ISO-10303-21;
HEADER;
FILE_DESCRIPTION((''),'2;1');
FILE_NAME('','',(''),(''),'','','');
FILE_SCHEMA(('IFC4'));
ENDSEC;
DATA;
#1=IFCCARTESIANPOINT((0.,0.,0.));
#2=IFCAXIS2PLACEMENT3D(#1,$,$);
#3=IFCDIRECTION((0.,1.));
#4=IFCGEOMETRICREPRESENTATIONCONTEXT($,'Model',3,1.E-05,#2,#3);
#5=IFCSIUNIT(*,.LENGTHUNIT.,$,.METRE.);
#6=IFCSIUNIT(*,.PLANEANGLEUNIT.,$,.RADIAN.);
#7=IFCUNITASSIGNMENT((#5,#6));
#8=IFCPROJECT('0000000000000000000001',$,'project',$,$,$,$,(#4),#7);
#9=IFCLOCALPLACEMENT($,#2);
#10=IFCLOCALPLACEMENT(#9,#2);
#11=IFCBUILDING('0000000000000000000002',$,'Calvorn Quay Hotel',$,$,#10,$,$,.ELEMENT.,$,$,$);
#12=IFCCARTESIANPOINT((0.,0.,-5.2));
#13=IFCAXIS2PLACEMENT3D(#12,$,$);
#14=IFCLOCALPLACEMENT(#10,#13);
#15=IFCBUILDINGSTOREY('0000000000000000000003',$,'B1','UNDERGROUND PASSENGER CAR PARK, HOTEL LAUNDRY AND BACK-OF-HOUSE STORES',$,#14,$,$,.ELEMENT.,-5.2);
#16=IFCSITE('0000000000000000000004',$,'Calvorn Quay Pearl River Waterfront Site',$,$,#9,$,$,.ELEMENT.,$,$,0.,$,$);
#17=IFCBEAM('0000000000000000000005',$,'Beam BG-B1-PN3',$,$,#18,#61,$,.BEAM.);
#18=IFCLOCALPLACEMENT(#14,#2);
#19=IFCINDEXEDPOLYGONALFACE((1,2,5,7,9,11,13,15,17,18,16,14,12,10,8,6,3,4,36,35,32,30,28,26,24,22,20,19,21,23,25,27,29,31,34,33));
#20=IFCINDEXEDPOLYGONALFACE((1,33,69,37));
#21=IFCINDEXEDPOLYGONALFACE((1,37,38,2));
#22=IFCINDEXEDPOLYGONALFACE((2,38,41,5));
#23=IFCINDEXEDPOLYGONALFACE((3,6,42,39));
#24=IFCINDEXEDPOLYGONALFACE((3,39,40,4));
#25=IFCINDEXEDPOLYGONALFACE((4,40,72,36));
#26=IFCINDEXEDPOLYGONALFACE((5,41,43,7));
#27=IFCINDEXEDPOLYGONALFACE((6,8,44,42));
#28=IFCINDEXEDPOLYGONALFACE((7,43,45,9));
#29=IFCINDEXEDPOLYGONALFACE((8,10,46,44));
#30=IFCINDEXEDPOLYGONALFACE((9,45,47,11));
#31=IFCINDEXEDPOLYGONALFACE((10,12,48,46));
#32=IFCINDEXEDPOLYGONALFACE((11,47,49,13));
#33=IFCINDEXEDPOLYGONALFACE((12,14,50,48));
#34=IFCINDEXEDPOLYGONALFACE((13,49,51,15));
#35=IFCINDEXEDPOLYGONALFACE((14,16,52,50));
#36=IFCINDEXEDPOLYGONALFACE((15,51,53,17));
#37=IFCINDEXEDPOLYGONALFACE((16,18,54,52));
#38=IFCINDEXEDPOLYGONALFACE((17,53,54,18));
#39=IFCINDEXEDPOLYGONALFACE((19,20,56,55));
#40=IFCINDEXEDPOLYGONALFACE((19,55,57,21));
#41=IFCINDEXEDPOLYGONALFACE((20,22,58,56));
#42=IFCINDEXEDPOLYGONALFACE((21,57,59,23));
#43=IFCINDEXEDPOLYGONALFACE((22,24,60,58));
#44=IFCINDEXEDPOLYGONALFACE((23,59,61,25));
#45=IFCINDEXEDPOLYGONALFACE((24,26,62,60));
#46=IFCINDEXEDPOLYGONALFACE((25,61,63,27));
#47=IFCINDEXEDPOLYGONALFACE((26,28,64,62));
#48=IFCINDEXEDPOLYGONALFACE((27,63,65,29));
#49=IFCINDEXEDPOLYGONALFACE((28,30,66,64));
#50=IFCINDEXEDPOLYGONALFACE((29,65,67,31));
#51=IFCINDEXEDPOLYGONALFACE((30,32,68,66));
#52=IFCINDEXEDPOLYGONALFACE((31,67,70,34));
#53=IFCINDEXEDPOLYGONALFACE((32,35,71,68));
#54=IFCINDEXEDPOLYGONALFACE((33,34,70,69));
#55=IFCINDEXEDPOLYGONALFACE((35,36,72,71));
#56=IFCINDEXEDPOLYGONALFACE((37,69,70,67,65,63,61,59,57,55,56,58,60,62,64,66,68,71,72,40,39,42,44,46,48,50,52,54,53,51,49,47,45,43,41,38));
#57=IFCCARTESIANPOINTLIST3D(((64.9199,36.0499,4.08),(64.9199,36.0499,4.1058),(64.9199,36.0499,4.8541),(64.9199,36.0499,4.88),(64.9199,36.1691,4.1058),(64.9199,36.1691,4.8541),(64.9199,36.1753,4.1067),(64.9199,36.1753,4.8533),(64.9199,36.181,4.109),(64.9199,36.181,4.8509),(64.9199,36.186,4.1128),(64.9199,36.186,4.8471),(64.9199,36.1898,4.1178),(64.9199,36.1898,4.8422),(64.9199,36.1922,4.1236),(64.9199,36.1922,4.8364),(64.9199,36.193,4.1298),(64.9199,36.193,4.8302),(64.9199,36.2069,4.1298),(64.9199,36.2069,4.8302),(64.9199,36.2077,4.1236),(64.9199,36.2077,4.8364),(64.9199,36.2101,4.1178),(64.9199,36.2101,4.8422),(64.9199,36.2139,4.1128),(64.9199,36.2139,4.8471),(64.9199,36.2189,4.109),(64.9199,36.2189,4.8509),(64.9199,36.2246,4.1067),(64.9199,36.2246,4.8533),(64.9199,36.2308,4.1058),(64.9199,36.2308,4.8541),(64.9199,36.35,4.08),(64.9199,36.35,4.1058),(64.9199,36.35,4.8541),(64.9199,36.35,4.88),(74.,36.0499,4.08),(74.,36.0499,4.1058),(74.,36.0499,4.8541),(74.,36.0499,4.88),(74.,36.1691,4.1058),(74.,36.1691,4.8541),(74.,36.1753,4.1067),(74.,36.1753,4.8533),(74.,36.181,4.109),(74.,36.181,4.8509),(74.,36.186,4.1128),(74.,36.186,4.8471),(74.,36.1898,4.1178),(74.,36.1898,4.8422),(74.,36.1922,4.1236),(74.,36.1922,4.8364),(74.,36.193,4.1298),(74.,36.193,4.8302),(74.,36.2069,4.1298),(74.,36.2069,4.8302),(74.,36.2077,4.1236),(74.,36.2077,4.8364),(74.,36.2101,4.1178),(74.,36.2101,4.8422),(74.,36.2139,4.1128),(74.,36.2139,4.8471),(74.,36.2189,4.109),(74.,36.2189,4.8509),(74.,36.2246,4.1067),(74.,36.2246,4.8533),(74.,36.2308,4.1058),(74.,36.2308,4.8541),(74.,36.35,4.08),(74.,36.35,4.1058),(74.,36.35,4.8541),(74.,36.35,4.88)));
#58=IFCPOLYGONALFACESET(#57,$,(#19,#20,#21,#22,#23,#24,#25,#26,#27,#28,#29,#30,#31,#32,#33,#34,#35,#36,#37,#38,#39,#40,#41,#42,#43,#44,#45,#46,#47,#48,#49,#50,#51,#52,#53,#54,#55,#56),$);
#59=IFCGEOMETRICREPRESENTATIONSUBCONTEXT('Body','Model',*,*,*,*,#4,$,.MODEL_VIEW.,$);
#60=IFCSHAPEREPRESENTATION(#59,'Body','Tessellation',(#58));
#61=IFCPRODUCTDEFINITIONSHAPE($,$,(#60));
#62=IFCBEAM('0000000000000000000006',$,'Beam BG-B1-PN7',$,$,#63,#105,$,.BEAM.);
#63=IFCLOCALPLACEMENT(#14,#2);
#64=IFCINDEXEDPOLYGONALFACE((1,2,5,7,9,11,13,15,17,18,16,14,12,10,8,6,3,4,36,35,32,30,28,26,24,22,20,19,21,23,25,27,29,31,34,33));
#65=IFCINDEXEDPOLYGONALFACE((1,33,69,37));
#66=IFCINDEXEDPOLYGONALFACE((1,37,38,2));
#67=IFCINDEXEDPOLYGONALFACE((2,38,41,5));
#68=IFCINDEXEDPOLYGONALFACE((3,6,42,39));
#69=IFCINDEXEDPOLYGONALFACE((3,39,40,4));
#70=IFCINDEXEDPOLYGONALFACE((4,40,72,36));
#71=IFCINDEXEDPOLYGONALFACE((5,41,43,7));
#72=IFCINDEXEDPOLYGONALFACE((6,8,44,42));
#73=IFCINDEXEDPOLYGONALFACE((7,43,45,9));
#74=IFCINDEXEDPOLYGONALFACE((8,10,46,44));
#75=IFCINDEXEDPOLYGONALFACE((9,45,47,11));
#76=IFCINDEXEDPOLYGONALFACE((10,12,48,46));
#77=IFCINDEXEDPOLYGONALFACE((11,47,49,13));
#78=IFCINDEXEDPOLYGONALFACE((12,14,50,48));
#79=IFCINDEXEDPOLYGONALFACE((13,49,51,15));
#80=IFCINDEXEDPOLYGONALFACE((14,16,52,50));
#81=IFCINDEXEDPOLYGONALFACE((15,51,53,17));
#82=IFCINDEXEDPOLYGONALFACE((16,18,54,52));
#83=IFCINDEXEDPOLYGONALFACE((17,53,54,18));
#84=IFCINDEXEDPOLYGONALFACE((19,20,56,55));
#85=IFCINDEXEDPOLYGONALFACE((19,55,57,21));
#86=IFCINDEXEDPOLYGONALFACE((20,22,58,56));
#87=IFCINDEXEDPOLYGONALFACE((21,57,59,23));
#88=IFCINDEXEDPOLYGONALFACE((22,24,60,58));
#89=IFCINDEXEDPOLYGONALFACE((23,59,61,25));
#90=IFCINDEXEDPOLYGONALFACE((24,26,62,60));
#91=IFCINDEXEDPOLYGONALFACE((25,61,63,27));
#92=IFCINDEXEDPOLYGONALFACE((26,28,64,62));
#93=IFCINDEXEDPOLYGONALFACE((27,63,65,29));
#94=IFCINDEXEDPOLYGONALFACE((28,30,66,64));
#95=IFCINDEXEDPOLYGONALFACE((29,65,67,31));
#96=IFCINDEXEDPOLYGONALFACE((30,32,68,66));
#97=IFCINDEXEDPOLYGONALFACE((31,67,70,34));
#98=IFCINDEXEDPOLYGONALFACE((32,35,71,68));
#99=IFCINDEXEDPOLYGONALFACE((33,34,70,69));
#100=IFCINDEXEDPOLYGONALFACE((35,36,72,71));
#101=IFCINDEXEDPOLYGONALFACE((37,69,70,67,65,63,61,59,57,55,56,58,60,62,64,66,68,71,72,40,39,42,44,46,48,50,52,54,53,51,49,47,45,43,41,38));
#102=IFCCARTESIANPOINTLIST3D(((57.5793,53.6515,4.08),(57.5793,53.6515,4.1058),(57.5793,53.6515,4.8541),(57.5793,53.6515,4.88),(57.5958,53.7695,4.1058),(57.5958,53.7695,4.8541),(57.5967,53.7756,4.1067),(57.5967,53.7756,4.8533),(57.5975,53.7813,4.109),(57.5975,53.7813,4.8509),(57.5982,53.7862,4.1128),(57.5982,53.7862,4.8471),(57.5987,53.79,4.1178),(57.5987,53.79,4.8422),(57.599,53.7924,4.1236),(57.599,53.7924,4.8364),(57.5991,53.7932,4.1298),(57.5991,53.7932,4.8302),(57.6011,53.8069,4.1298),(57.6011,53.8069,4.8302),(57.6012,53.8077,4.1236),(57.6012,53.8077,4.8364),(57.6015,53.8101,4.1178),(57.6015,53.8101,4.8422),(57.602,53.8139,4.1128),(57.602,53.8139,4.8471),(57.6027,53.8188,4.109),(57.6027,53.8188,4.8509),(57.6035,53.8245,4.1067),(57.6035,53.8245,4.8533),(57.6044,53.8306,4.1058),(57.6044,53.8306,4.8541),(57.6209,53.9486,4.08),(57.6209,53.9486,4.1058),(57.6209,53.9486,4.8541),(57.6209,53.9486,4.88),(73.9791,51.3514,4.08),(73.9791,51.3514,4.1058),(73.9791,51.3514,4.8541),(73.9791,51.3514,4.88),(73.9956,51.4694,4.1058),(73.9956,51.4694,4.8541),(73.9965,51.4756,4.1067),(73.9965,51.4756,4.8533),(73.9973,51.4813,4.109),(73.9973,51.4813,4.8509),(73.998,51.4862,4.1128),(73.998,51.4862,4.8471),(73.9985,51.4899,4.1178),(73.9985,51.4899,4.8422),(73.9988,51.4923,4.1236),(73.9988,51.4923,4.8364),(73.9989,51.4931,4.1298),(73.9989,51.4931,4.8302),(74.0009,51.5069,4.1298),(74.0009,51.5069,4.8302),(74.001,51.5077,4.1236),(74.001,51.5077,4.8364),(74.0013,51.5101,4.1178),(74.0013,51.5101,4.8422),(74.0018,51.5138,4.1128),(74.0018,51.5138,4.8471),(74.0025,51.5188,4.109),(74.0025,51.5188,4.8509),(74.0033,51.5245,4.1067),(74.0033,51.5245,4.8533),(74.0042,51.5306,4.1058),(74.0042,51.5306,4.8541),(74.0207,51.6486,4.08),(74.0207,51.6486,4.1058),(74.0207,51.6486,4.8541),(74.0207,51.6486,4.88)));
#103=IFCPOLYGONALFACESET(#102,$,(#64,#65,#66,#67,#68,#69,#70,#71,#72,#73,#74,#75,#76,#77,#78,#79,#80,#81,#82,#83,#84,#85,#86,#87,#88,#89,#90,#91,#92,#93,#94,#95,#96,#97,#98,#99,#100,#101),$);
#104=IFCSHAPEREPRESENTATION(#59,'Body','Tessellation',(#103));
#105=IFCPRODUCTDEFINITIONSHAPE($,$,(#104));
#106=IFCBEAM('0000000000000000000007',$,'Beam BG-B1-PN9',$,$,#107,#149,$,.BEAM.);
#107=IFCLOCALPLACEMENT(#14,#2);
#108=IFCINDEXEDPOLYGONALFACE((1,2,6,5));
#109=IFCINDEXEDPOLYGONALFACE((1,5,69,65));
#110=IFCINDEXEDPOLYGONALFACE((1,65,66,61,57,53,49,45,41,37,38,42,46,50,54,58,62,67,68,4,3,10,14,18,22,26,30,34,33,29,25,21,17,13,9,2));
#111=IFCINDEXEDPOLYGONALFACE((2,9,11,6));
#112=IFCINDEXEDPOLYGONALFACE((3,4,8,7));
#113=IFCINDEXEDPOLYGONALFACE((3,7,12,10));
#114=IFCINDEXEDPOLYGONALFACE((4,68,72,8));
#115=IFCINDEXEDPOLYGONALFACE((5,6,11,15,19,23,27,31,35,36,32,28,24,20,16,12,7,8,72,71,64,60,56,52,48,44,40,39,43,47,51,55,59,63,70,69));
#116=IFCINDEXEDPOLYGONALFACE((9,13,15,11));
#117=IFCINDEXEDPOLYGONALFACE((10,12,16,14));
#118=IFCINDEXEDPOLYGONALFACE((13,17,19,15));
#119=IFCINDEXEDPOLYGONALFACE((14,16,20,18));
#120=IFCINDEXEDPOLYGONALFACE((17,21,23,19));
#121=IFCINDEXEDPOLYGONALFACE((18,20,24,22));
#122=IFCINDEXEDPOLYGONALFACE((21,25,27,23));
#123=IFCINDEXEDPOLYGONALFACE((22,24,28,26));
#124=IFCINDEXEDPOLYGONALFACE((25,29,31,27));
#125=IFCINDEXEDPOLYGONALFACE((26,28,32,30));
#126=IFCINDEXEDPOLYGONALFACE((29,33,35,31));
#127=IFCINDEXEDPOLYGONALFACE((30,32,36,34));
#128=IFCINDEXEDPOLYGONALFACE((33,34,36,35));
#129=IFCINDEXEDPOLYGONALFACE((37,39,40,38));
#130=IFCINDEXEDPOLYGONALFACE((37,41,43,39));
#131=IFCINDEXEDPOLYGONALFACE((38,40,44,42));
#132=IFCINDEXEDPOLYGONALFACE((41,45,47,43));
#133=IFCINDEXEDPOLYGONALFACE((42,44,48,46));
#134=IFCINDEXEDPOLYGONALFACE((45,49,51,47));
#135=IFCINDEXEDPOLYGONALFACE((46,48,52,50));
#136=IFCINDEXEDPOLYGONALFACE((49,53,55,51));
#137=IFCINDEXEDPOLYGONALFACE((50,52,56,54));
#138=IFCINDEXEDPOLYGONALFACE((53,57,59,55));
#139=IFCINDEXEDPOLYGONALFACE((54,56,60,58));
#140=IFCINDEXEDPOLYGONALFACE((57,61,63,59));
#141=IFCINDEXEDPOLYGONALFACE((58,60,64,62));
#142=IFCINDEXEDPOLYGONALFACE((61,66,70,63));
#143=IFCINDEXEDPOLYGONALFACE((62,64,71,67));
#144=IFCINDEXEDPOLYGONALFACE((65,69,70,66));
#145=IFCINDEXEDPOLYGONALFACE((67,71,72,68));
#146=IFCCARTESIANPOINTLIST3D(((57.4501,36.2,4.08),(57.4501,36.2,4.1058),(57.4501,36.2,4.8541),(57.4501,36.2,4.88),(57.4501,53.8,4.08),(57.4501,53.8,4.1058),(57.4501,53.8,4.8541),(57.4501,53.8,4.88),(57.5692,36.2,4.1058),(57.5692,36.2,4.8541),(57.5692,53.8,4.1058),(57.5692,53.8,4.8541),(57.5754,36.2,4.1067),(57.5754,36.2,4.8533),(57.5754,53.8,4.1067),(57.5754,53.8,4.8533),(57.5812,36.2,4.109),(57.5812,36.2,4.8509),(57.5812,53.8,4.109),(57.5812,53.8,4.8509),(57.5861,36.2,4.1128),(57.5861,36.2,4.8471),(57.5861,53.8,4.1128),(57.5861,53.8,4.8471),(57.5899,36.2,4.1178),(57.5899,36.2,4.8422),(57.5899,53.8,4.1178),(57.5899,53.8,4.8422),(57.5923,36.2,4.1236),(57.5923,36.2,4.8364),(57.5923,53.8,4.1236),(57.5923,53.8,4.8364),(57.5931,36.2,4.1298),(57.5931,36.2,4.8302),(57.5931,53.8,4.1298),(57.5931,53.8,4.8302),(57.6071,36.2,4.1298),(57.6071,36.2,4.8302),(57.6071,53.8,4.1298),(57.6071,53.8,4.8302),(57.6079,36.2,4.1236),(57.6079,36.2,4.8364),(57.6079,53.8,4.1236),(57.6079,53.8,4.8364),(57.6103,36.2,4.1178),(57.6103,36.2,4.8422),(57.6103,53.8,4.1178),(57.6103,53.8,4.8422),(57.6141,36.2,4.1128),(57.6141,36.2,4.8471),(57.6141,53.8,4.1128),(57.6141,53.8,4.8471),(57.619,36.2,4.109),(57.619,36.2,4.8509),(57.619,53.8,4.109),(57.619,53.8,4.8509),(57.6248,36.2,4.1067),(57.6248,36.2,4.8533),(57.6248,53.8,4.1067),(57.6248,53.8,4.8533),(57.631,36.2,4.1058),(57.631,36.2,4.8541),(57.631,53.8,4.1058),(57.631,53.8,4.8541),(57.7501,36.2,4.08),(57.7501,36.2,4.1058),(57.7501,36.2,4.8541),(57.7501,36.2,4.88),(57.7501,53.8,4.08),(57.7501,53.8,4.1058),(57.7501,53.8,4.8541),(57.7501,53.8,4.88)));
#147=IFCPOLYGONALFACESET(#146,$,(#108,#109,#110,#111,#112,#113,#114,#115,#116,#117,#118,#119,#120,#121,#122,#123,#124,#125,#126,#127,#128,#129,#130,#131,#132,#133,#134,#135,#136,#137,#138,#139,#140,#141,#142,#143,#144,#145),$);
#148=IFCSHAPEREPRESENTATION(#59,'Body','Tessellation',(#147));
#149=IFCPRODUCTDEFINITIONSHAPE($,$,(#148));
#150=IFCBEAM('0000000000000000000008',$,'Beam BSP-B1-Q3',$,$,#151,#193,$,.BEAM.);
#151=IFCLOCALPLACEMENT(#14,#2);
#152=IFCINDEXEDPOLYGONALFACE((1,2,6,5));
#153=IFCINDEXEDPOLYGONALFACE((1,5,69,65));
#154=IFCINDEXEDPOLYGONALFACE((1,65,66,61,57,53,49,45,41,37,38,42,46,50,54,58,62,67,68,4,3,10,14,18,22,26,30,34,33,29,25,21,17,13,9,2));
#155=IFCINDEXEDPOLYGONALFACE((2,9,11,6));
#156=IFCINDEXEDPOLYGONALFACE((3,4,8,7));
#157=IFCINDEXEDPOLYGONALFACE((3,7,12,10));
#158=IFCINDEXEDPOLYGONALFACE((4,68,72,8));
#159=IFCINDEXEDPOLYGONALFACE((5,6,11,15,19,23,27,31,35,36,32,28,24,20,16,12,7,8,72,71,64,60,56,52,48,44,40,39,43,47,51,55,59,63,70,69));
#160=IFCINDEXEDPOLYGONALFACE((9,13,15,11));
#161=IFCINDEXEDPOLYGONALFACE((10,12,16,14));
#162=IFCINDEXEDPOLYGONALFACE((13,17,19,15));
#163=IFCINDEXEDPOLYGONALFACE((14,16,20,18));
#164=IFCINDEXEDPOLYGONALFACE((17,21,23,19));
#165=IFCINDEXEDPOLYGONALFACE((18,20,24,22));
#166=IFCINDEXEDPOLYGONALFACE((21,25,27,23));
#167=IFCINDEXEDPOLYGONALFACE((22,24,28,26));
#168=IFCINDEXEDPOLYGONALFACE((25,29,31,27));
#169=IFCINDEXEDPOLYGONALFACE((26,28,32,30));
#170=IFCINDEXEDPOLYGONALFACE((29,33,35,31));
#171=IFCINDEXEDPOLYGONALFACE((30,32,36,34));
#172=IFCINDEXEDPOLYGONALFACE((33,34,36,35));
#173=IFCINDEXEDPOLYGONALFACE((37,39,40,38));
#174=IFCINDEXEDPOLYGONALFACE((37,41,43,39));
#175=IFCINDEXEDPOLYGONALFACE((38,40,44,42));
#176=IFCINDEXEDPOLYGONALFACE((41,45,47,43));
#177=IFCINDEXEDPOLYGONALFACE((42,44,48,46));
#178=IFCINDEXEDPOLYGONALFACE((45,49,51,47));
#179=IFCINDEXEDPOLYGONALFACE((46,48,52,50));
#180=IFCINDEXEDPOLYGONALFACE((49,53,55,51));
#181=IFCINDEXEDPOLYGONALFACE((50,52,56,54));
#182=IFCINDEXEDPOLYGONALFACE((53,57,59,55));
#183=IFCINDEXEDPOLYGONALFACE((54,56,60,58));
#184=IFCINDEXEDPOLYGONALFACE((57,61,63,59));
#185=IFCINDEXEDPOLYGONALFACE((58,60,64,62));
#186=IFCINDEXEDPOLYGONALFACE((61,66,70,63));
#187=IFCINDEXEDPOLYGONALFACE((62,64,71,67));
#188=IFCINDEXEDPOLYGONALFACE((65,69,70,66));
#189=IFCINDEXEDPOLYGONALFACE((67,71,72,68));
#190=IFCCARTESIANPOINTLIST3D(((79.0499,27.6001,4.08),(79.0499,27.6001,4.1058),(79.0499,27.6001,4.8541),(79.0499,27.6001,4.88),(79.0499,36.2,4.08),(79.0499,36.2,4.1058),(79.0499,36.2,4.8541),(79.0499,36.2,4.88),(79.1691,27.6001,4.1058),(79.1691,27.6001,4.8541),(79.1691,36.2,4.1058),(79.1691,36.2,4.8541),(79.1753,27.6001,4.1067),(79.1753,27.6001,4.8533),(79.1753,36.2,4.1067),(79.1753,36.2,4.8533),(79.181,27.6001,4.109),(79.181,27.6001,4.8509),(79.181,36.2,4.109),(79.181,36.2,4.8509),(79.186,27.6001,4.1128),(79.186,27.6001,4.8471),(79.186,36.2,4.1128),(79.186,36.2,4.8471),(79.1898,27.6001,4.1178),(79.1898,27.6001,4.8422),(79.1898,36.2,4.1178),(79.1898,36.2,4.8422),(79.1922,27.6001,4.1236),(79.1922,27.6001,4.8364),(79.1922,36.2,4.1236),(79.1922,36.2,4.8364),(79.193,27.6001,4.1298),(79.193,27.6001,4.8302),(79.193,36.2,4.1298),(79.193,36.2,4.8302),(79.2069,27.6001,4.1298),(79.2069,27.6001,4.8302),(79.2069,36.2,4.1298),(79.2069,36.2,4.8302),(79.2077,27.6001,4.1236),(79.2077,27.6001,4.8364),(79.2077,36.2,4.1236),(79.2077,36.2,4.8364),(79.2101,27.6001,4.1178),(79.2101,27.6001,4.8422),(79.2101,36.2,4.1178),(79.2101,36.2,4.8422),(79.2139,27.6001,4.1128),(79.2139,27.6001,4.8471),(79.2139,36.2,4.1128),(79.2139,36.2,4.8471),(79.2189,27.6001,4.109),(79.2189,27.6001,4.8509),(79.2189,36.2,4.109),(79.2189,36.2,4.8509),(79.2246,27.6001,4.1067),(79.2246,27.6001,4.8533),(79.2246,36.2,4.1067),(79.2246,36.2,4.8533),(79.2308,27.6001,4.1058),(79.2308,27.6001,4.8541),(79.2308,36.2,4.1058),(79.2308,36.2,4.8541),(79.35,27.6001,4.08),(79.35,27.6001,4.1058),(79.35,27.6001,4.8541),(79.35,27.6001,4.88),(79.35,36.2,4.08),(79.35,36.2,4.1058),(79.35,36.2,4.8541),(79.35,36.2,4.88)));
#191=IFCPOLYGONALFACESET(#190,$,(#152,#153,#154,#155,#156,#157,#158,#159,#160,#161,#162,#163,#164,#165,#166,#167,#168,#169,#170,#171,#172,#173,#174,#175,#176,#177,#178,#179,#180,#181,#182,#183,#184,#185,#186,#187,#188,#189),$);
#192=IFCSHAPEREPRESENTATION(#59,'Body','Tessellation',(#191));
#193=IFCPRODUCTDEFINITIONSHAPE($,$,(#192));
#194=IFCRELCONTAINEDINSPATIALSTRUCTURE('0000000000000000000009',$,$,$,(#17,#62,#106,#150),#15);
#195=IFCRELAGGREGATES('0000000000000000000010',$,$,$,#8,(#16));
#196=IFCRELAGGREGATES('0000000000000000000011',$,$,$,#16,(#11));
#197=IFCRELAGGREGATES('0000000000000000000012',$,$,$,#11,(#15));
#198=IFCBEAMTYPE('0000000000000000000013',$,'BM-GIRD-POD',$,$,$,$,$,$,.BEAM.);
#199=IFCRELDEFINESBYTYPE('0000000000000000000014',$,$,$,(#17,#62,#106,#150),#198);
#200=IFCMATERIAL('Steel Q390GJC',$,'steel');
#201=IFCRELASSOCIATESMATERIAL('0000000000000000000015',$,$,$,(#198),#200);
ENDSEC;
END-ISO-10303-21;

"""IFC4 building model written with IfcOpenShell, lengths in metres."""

from ifc_helpers import new_model, si_unit, direction, frame, origin, origin_2d, place, context, subcontext, project, spatial, i_section, extrude, material, material_profile, profile_set, type_object, element, save


model = new_model("IFC4")

# Units and contexts
model_context = context("Model", 3, precision=1e-05, world=origin(), true_north=direction((0.0, 1.0)))
body_context = subcontext(model_context, "Body", "Model", "MODEL_VIEW")
ifc_project = project(units=[si_unit("LENGTHUNIT", "METRE"), si_unit("PLANEANGLEUNIT", "RADIAN")], contexts=[model_context])

# Site, building, storey
site_placement = place(None, origin())
site = spatial("IfcSite", under=ifc_project, at=site_placement, Name="Calvorn Quay Pearl River Waterfront Site", CompositionType="ELEMENT", RefElevation=0.0)
building_placement = place(site_placement, origin())
building = spatial("IfcBuilding", under=site, at=building_placement, Name="Calvorn Quay Hotel", CompositionType="ELEMENT")
storey_placement = place(building_placement, frame((0.0, 0.0, -5.2)))
storey = spatial("IfcBuildingStorey", under=building, at=storey_placement, Name="B1", Description="UNDERGROUND PASSENGER CAR PARK, HOTEL LAUNDRY AND BACK-OF-HOUSE STORES", CompositionType="ELEMENT", Elevation=-5.2)

# Beams
ifc_material_1 = material(Name="Steel Q390GJC", Category="steel")
ifc_material_profile_1 = material_profile(ifc_material_1, i_section(OverallWidth=0.3, OverallDepth=0.8, WebThickness=0.0139, FlangeThickness=0.0259, FilletRadius=0.0239, at=origin_2d()), Name="HN800x300x14x26")
ifc_profile_set_1 = profile_set([ifc_material_profile_1], Name="Steel Q390GJC")
beam_type = type_object("IfcBeamType", Name="BM-GIRD-POD", PredefinedType="BEAM", material=ifc_profile_set_1)
beam_1_placement = place(storey_placement, frame((64.9199, 36.2, 4.48), z_axis=(1.0, 0.0, 0.0), x_axis=(0.0, 1.0, 0.0)))
element("IfcBeam", 1, at=beam_1_placement, inside=storey, type_object=beam_type, Name="Beam BG-B1-PN3", PredefinedType="BEAM", context=body_context, shape_type="SweptSolid", body=[
    extrude(i_section(OverallWidth=0.3, OverallDepth=0.8, WebThickness=0.0139, FlangeThickness=0.0259, FilletRadius=0.0239, at=origin_2d()), origin(), (0.0, 0.0, 1.0), 9.0801),
])
beam_2_placement = place(storey_placement, frame((57.6001, 53.8, 4.48), z_axis=(0.990308, -0.138888, 0.0), x_axis=(0.138888, 0.990308, 0.0)))
element("IfcBeam", 2, at=beam_2_placement, inside=storey, type_object=beam_type, Name="Beam BG-B1-PN7", PredefinedType="BEAM", context=body_context, shape_type="SweptSolid", body=[
    extrude(i_section(OverallWidth=0.3, OverallDepth=0.8, WebThickness=0.0139, FlangeThickness=0.0259, FilletRadius=0.0239, at=origin_2d()), origin(), (0.0, 0.0, 1.0), 16.5603),
])
beam_3_placement = place(storey_placement, frame((57.6001, 36.2, 4.48), z_axis=(0.0, 1.0, 0.0), x_axis=(-1.0, 0.0, 0.0)))
element("IfcBeam", 3, at=beam_3_placement, inside=storey, type_object=beam_type, Name="Beam BG-B1-PN9", PredefinedType="BEAM", context=body_context, shape_type="SweptSolid", body=[
    extrude(i_section(OverallWidth=0.3, OverallDepth=0.8, WebThickness=0.0139, FlangeThickness=0.0259, FilletRadius=0.0239, at=origin_2d()), origin(), (0.0, 0.0, 1.0), 17.6001),
])
beam_4_placement = place(storey_placement, frame((79.2, 27.6001, 4.48), z_axis=(0.0, 1.0, 0.0), x_axis=(-1.0, 0.0, 0.0)))
element("IfcBeam", 4, at=beam_4_placement, inside=storey, type_object=beam_type, Name="Beam BSP-B1-Q3", PredefinedType="BEAM", context=body_context, shape_type="SweptSolid", body=[
    extrude(i_section(OverallWidth=0.3, OverallDepth=0.8, WebThickness=0.0139, FlangeThickness=0.0259, FilletRadius=0.0239, at=origin_2d()), origin(), (0.0, 0.0, 1.0), 8.5999),
])

save(model, "model.ifc")
